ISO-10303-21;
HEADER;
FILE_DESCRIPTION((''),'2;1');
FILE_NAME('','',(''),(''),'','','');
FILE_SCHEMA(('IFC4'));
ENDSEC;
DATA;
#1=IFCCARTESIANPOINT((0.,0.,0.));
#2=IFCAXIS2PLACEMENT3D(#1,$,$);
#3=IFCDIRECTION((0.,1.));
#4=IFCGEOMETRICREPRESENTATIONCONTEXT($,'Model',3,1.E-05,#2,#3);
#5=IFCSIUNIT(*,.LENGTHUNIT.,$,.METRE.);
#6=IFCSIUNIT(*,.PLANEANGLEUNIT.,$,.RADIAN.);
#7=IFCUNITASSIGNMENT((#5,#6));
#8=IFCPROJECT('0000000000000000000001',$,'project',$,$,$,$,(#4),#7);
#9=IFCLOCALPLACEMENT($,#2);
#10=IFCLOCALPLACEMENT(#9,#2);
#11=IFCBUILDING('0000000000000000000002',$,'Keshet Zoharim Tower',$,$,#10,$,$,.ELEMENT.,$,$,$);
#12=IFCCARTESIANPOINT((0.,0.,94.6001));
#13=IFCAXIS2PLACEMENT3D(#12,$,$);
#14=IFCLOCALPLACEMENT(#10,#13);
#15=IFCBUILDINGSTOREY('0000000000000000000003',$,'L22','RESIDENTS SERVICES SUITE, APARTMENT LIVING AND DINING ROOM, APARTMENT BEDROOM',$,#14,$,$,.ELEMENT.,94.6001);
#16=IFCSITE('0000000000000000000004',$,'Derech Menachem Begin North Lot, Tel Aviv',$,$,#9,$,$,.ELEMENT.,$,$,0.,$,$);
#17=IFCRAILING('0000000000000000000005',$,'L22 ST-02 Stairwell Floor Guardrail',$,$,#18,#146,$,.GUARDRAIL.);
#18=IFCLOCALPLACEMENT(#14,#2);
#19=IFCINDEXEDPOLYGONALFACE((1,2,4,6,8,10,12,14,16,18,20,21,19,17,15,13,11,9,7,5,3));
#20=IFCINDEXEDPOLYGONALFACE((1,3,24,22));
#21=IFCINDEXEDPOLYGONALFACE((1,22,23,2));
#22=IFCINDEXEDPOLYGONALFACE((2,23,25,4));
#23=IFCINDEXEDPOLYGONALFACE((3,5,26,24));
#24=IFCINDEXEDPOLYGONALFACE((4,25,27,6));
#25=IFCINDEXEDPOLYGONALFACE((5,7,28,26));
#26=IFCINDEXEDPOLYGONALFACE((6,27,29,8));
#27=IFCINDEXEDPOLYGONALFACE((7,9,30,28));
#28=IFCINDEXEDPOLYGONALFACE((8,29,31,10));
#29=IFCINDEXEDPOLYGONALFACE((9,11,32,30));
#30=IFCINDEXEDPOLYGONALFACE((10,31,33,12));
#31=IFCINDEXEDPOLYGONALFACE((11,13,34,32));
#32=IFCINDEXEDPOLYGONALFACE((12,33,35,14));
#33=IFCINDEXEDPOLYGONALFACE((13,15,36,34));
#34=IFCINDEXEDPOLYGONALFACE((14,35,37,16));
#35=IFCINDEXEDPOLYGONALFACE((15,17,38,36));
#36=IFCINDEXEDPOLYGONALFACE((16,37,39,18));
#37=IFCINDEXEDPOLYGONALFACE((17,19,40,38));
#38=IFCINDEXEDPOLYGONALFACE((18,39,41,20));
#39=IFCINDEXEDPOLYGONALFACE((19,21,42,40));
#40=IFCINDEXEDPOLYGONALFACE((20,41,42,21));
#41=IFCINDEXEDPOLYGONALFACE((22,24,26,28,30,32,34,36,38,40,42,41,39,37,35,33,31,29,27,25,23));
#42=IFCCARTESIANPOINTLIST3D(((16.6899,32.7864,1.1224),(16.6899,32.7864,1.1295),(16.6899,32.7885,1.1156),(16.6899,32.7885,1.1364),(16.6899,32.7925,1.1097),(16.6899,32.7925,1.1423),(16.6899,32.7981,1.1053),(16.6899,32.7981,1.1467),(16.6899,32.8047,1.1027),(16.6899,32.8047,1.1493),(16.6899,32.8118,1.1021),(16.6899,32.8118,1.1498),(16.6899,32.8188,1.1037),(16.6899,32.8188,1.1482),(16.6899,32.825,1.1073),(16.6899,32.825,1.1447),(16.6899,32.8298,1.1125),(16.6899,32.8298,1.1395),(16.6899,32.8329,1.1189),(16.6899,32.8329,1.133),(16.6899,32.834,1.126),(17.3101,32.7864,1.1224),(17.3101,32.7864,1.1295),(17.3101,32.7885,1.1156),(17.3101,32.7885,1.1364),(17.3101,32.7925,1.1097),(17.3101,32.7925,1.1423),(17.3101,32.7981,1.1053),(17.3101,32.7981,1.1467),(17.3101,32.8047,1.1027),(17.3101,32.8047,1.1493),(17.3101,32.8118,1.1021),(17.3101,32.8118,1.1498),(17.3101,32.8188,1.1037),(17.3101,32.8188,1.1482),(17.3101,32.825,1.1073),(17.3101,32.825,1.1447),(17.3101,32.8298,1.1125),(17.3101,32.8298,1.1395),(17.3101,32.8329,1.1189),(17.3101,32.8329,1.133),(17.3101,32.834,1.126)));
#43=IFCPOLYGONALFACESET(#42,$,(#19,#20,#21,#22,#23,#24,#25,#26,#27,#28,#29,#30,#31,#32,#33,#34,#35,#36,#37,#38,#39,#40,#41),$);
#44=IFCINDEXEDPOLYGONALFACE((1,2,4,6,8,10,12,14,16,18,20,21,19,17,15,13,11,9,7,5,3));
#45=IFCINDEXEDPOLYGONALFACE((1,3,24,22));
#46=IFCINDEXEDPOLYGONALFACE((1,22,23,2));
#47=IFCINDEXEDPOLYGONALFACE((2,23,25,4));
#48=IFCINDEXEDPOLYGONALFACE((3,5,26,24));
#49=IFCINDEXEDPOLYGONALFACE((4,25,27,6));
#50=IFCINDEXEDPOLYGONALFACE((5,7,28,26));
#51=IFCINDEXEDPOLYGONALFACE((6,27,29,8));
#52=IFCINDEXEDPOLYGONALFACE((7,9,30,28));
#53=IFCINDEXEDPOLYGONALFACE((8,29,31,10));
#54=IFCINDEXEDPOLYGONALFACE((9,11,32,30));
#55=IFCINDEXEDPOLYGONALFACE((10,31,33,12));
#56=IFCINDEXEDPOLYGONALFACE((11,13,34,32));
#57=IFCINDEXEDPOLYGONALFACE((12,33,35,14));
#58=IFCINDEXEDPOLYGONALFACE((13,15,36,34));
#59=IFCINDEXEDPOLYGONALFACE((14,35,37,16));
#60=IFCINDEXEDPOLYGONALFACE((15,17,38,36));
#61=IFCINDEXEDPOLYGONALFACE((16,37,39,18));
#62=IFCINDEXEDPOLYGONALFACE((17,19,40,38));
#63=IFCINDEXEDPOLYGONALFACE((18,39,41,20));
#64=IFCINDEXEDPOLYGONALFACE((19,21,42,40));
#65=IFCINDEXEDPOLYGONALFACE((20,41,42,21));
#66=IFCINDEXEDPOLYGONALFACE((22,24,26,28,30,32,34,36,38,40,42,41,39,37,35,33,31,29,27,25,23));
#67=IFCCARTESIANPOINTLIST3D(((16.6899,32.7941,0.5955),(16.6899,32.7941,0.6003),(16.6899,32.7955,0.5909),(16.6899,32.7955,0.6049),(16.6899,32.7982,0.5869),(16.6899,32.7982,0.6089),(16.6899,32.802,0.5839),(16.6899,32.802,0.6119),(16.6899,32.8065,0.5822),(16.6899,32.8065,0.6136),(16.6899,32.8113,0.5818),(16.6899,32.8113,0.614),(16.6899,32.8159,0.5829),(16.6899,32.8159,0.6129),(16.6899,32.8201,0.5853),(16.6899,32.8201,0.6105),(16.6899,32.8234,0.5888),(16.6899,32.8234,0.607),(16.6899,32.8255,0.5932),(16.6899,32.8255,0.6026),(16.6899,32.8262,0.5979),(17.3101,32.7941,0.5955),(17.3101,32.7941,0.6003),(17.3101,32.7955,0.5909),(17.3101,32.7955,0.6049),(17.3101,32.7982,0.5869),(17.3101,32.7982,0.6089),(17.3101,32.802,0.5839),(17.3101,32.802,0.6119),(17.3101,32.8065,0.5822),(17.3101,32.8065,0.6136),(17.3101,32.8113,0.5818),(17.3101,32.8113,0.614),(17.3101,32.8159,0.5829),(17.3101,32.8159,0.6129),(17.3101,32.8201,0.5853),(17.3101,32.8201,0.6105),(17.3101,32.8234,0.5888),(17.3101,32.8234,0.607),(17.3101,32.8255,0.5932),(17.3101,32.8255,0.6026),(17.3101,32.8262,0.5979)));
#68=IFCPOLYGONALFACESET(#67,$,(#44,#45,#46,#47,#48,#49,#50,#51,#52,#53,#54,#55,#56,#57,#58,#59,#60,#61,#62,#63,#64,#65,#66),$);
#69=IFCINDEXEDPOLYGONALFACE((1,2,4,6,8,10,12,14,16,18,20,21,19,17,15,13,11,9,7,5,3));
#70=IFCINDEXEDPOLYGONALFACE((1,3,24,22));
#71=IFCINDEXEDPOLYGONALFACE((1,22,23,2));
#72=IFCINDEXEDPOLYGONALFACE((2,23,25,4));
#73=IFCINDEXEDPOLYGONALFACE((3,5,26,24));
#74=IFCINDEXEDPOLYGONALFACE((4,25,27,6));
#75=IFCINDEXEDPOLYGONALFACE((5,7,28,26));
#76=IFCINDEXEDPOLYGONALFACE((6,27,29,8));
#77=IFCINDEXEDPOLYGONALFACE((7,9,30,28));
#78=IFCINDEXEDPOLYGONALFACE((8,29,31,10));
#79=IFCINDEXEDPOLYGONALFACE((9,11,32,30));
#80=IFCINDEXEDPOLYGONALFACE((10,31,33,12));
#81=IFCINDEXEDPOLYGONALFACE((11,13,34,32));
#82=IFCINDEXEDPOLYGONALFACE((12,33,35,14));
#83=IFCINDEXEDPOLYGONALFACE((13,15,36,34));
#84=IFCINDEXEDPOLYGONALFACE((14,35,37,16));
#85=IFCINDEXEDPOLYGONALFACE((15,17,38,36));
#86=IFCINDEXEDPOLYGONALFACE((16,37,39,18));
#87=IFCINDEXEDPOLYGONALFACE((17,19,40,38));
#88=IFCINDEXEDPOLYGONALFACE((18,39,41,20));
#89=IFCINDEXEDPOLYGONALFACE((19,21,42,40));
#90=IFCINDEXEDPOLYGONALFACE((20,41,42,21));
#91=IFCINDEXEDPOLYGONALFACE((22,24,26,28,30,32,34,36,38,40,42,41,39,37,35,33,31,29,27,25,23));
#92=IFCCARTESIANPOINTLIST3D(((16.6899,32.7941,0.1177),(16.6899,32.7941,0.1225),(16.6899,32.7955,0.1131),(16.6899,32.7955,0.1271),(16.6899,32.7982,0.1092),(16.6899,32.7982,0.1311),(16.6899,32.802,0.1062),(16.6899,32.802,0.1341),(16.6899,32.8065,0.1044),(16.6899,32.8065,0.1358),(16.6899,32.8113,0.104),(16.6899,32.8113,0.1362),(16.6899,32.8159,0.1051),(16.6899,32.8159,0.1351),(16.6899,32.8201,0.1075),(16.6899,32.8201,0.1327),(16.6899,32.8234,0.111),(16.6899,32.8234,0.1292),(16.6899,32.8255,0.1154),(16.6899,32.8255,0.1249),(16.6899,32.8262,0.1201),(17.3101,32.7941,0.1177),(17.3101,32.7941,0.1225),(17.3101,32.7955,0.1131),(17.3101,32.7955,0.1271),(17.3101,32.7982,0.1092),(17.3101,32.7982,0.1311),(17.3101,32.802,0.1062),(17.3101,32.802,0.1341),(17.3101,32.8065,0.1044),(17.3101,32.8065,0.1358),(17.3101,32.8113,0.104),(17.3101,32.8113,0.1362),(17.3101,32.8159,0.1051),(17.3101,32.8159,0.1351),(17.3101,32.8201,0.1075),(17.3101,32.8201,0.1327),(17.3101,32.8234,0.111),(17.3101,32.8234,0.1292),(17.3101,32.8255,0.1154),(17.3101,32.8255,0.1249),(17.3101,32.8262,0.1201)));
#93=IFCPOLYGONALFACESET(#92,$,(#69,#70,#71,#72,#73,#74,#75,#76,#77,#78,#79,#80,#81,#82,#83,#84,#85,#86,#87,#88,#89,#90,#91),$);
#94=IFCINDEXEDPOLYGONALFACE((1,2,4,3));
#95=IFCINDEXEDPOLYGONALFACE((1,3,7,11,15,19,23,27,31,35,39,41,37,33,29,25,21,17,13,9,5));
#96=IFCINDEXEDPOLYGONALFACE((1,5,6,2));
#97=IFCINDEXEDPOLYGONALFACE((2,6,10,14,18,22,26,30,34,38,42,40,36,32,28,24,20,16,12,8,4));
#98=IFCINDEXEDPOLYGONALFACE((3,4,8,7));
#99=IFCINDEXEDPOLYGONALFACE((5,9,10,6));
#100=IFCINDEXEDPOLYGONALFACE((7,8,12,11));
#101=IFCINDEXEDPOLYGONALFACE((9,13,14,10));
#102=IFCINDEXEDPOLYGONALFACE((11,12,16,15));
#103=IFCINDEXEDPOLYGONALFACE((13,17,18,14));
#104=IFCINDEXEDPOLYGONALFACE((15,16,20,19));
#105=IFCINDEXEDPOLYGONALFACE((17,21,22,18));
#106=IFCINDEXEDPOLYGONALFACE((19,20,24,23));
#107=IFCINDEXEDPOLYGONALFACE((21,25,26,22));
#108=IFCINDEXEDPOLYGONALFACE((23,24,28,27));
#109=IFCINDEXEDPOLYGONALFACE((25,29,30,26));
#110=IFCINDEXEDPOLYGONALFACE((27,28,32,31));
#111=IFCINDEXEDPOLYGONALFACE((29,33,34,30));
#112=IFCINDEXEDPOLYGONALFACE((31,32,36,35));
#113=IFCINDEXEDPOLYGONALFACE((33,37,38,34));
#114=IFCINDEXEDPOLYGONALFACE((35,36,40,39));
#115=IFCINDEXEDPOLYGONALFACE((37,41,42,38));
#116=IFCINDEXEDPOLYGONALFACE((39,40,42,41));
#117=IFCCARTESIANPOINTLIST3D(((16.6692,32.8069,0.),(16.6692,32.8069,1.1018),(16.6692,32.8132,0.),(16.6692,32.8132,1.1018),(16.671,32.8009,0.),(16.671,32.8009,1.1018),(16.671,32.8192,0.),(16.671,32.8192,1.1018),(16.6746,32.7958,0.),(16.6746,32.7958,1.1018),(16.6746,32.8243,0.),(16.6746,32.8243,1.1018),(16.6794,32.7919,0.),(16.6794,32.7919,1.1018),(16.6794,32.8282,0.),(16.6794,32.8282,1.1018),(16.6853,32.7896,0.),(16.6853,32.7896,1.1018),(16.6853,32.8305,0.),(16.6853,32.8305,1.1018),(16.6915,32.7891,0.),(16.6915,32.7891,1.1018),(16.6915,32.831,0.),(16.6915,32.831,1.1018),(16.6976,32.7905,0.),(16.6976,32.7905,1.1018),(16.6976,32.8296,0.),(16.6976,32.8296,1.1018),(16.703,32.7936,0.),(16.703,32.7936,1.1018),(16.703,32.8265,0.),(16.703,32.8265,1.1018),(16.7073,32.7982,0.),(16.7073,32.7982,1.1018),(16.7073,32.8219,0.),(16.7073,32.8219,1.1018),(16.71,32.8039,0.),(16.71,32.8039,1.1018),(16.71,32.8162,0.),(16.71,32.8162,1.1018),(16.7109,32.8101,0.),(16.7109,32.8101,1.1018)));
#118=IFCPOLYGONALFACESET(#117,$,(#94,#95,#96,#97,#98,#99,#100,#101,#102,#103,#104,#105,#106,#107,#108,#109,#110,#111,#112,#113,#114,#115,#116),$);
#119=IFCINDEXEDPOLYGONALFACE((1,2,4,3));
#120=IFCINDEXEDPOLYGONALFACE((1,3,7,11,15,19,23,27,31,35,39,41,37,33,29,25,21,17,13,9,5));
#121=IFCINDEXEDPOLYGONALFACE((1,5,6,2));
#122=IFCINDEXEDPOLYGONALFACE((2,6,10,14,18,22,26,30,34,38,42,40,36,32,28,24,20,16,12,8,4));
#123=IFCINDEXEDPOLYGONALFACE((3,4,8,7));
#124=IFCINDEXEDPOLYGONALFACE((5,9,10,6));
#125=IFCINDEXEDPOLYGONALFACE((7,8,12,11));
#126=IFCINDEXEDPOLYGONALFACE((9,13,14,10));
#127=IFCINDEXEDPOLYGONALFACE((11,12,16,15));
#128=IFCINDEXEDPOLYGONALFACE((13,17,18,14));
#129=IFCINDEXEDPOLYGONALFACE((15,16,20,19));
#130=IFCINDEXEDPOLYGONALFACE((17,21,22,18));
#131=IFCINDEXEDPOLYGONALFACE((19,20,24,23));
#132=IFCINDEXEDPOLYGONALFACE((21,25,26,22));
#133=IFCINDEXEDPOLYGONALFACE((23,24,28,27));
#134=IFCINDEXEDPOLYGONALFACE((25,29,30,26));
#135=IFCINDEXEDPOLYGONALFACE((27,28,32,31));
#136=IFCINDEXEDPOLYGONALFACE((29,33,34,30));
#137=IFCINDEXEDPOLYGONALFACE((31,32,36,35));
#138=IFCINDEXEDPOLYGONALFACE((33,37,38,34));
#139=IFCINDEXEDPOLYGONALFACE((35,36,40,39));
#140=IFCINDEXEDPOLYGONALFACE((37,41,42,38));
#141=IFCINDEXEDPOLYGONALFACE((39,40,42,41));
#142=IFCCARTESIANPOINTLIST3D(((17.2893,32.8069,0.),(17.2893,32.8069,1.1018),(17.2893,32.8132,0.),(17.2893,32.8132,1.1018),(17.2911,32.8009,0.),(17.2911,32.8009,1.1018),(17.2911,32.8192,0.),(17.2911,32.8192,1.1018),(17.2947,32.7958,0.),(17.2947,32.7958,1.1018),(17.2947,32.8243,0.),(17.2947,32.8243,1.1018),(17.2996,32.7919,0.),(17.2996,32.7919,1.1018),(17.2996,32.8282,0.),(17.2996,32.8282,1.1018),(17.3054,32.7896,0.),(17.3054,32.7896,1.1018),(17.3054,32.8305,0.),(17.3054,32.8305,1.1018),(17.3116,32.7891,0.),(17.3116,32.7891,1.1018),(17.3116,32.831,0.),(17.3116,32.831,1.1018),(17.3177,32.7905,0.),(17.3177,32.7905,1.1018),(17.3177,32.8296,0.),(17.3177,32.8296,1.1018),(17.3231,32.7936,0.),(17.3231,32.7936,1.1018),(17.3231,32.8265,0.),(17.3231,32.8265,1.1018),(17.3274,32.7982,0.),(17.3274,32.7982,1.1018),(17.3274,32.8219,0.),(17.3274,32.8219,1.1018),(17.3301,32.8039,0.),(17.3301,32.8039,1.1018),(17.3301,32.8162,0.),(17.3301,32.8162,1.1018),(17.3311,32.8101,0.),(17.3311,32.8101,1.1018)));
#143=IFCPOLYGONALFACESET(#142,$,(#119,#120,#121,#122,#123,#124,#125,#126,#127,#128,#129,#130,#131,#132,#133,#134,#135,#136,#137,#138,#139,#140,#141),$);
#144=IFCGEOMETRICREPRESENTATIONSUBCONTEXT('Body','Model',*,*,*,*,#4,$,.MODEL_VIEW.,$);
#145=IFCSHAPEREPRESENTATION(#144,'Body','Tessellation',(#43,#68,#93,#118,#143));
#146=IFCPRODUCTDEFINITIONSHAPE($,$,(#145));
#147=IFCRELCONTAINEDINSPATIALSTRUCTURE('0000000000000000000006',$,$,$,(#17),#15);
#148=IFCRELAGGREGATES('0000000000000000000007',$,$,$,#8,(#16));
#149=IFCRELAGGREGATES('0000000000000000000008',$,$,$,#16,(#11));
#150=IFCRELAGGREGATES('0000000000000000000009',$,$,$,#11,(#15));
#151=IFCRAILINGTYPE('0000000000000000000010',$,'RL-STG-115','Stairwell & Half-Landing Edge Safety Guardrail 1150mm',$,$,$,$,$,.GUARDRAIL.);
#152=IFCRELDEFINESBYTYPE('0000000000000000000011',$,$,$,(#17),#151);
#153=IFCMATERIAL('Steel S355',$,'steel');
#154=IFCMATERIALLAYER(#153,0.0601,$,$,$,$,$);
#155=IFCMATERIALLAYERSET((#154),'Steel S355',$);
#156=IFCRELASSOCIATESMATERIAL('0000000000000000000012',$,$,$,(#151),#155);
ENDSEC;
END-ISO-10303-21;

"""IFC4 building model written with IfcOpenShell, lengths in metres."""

from ifc_helpers import new_model, si_unit, direction, frame, origin, origin_2d, place, context, subcontext, project, spatial, circle, extrude, material, layer, layer_set, type_object, element, save


model = new_model("IFC4")

# Units and contexts
model_context = context("Model", 3, precision=1e-05, world=origin(), true_north=direction((0.0, 1.0)))
body_context = subcontext(model_context, "Body", "Model", "MODEL_VIEW")
ifc_project = project(units=[si_unit("LENGTHUNIT", "METRE"), si_unit("PLANEANGLEUNIT", "RADIAN")], contexts=[model_context])

# Site, building, storey
site_placement = place(None, origin())
site = spatial("IfcSite", under=ifc_project, at=site_placement, Name="Derech Menachem Begin North Lot, Tel Aviv", CompositionType="ELEMENT", RefElevation=0.0)
building_placement = place(site_placement, origin())
building = spatial("IfcBuilding", under=site, at=building_placement, Name="Keshet Zoharim Tower", CompositionType="ELEMENT")
storey_placement = place(building_placement, frame((0.0, 0.0, 94.6001)))
storey = spatial("IfcBuildingStorey", under=building, at=storey_placement, Name="L22", Description="RESIDENTS SERVICES SUITE, APARTMENT LIVING AND DINING ROOM, APARTMENT BEDROOM", CompositionType="ELEMENT", Elevation=94.6001)

# Shared definitions
ifc_material_1 = material(Name="Steel S355", Category="steel")

# Railing
ifc_layer_1 = layer(ifc_material_1, 0.0601)
ifc_layer_set_1 = layer_set([ifc_layer_1], Name="Steel S355")
railing_type_1 = type_object("IfcRailingType", Name="RL-STG-115", Description="Stairwell & Half-Landing Edge Safety Guardrail 1150mm", PredefinedType="GUARDRAIL", material=ifc_layer_set_1)
railing_1_placement = place(storey_placement, frame((16.6899, 32.8101, 0.0)))
element("IfcRailing", 1, at=railing_1_placement, inside=storey, type_object=railing_type_1, Name="L22 ST-02 Stairwell Floor Guardrail", PredefinedType="GUARDRAIL", context=body_context, shape_type="SweptSolid", body=[
    extrude(circle(Radius=0.0239, at=origin_2d()), frame((0.0, 0.0, 1.126), z_axis=(1.0, 0.0, 0.0), x_axis=(0.0, 1.0, 0.0)), (0.0, 0.0, 1.0), 0.6201),
    extrude(circle(Radius=0.0161, at=origin_2d()), frame((0.0, 0.0, 0.5979), z_axis=(1.0, 0.0, 0.0), x_axis=(0.0, 1.0, 0.0)), (0.0, 0.0, 1.0), 0.6201),
    extrude(circle(Radius=0.0161, at=origin_2d()), frame((0.0, 0.0, 0.1201), z_axis=(1.0, 0.0, 0.0), x_axis=(0.0, 1.0, 0.0)), (0.0, 0.0, 1.0), 0.6201),
    extrude(circle(Radius=0.021, at=origin_2d()), origin(), (0.0, 0.0, 1.0), 1.1018),
    extrude(circle(Radius=0.021, at=origin_2d()), frame((0.6201, 0.0, 0.0)), (0.0, 0.0, 1.0), 1.1018),
])

save(model, "model.ifc")
